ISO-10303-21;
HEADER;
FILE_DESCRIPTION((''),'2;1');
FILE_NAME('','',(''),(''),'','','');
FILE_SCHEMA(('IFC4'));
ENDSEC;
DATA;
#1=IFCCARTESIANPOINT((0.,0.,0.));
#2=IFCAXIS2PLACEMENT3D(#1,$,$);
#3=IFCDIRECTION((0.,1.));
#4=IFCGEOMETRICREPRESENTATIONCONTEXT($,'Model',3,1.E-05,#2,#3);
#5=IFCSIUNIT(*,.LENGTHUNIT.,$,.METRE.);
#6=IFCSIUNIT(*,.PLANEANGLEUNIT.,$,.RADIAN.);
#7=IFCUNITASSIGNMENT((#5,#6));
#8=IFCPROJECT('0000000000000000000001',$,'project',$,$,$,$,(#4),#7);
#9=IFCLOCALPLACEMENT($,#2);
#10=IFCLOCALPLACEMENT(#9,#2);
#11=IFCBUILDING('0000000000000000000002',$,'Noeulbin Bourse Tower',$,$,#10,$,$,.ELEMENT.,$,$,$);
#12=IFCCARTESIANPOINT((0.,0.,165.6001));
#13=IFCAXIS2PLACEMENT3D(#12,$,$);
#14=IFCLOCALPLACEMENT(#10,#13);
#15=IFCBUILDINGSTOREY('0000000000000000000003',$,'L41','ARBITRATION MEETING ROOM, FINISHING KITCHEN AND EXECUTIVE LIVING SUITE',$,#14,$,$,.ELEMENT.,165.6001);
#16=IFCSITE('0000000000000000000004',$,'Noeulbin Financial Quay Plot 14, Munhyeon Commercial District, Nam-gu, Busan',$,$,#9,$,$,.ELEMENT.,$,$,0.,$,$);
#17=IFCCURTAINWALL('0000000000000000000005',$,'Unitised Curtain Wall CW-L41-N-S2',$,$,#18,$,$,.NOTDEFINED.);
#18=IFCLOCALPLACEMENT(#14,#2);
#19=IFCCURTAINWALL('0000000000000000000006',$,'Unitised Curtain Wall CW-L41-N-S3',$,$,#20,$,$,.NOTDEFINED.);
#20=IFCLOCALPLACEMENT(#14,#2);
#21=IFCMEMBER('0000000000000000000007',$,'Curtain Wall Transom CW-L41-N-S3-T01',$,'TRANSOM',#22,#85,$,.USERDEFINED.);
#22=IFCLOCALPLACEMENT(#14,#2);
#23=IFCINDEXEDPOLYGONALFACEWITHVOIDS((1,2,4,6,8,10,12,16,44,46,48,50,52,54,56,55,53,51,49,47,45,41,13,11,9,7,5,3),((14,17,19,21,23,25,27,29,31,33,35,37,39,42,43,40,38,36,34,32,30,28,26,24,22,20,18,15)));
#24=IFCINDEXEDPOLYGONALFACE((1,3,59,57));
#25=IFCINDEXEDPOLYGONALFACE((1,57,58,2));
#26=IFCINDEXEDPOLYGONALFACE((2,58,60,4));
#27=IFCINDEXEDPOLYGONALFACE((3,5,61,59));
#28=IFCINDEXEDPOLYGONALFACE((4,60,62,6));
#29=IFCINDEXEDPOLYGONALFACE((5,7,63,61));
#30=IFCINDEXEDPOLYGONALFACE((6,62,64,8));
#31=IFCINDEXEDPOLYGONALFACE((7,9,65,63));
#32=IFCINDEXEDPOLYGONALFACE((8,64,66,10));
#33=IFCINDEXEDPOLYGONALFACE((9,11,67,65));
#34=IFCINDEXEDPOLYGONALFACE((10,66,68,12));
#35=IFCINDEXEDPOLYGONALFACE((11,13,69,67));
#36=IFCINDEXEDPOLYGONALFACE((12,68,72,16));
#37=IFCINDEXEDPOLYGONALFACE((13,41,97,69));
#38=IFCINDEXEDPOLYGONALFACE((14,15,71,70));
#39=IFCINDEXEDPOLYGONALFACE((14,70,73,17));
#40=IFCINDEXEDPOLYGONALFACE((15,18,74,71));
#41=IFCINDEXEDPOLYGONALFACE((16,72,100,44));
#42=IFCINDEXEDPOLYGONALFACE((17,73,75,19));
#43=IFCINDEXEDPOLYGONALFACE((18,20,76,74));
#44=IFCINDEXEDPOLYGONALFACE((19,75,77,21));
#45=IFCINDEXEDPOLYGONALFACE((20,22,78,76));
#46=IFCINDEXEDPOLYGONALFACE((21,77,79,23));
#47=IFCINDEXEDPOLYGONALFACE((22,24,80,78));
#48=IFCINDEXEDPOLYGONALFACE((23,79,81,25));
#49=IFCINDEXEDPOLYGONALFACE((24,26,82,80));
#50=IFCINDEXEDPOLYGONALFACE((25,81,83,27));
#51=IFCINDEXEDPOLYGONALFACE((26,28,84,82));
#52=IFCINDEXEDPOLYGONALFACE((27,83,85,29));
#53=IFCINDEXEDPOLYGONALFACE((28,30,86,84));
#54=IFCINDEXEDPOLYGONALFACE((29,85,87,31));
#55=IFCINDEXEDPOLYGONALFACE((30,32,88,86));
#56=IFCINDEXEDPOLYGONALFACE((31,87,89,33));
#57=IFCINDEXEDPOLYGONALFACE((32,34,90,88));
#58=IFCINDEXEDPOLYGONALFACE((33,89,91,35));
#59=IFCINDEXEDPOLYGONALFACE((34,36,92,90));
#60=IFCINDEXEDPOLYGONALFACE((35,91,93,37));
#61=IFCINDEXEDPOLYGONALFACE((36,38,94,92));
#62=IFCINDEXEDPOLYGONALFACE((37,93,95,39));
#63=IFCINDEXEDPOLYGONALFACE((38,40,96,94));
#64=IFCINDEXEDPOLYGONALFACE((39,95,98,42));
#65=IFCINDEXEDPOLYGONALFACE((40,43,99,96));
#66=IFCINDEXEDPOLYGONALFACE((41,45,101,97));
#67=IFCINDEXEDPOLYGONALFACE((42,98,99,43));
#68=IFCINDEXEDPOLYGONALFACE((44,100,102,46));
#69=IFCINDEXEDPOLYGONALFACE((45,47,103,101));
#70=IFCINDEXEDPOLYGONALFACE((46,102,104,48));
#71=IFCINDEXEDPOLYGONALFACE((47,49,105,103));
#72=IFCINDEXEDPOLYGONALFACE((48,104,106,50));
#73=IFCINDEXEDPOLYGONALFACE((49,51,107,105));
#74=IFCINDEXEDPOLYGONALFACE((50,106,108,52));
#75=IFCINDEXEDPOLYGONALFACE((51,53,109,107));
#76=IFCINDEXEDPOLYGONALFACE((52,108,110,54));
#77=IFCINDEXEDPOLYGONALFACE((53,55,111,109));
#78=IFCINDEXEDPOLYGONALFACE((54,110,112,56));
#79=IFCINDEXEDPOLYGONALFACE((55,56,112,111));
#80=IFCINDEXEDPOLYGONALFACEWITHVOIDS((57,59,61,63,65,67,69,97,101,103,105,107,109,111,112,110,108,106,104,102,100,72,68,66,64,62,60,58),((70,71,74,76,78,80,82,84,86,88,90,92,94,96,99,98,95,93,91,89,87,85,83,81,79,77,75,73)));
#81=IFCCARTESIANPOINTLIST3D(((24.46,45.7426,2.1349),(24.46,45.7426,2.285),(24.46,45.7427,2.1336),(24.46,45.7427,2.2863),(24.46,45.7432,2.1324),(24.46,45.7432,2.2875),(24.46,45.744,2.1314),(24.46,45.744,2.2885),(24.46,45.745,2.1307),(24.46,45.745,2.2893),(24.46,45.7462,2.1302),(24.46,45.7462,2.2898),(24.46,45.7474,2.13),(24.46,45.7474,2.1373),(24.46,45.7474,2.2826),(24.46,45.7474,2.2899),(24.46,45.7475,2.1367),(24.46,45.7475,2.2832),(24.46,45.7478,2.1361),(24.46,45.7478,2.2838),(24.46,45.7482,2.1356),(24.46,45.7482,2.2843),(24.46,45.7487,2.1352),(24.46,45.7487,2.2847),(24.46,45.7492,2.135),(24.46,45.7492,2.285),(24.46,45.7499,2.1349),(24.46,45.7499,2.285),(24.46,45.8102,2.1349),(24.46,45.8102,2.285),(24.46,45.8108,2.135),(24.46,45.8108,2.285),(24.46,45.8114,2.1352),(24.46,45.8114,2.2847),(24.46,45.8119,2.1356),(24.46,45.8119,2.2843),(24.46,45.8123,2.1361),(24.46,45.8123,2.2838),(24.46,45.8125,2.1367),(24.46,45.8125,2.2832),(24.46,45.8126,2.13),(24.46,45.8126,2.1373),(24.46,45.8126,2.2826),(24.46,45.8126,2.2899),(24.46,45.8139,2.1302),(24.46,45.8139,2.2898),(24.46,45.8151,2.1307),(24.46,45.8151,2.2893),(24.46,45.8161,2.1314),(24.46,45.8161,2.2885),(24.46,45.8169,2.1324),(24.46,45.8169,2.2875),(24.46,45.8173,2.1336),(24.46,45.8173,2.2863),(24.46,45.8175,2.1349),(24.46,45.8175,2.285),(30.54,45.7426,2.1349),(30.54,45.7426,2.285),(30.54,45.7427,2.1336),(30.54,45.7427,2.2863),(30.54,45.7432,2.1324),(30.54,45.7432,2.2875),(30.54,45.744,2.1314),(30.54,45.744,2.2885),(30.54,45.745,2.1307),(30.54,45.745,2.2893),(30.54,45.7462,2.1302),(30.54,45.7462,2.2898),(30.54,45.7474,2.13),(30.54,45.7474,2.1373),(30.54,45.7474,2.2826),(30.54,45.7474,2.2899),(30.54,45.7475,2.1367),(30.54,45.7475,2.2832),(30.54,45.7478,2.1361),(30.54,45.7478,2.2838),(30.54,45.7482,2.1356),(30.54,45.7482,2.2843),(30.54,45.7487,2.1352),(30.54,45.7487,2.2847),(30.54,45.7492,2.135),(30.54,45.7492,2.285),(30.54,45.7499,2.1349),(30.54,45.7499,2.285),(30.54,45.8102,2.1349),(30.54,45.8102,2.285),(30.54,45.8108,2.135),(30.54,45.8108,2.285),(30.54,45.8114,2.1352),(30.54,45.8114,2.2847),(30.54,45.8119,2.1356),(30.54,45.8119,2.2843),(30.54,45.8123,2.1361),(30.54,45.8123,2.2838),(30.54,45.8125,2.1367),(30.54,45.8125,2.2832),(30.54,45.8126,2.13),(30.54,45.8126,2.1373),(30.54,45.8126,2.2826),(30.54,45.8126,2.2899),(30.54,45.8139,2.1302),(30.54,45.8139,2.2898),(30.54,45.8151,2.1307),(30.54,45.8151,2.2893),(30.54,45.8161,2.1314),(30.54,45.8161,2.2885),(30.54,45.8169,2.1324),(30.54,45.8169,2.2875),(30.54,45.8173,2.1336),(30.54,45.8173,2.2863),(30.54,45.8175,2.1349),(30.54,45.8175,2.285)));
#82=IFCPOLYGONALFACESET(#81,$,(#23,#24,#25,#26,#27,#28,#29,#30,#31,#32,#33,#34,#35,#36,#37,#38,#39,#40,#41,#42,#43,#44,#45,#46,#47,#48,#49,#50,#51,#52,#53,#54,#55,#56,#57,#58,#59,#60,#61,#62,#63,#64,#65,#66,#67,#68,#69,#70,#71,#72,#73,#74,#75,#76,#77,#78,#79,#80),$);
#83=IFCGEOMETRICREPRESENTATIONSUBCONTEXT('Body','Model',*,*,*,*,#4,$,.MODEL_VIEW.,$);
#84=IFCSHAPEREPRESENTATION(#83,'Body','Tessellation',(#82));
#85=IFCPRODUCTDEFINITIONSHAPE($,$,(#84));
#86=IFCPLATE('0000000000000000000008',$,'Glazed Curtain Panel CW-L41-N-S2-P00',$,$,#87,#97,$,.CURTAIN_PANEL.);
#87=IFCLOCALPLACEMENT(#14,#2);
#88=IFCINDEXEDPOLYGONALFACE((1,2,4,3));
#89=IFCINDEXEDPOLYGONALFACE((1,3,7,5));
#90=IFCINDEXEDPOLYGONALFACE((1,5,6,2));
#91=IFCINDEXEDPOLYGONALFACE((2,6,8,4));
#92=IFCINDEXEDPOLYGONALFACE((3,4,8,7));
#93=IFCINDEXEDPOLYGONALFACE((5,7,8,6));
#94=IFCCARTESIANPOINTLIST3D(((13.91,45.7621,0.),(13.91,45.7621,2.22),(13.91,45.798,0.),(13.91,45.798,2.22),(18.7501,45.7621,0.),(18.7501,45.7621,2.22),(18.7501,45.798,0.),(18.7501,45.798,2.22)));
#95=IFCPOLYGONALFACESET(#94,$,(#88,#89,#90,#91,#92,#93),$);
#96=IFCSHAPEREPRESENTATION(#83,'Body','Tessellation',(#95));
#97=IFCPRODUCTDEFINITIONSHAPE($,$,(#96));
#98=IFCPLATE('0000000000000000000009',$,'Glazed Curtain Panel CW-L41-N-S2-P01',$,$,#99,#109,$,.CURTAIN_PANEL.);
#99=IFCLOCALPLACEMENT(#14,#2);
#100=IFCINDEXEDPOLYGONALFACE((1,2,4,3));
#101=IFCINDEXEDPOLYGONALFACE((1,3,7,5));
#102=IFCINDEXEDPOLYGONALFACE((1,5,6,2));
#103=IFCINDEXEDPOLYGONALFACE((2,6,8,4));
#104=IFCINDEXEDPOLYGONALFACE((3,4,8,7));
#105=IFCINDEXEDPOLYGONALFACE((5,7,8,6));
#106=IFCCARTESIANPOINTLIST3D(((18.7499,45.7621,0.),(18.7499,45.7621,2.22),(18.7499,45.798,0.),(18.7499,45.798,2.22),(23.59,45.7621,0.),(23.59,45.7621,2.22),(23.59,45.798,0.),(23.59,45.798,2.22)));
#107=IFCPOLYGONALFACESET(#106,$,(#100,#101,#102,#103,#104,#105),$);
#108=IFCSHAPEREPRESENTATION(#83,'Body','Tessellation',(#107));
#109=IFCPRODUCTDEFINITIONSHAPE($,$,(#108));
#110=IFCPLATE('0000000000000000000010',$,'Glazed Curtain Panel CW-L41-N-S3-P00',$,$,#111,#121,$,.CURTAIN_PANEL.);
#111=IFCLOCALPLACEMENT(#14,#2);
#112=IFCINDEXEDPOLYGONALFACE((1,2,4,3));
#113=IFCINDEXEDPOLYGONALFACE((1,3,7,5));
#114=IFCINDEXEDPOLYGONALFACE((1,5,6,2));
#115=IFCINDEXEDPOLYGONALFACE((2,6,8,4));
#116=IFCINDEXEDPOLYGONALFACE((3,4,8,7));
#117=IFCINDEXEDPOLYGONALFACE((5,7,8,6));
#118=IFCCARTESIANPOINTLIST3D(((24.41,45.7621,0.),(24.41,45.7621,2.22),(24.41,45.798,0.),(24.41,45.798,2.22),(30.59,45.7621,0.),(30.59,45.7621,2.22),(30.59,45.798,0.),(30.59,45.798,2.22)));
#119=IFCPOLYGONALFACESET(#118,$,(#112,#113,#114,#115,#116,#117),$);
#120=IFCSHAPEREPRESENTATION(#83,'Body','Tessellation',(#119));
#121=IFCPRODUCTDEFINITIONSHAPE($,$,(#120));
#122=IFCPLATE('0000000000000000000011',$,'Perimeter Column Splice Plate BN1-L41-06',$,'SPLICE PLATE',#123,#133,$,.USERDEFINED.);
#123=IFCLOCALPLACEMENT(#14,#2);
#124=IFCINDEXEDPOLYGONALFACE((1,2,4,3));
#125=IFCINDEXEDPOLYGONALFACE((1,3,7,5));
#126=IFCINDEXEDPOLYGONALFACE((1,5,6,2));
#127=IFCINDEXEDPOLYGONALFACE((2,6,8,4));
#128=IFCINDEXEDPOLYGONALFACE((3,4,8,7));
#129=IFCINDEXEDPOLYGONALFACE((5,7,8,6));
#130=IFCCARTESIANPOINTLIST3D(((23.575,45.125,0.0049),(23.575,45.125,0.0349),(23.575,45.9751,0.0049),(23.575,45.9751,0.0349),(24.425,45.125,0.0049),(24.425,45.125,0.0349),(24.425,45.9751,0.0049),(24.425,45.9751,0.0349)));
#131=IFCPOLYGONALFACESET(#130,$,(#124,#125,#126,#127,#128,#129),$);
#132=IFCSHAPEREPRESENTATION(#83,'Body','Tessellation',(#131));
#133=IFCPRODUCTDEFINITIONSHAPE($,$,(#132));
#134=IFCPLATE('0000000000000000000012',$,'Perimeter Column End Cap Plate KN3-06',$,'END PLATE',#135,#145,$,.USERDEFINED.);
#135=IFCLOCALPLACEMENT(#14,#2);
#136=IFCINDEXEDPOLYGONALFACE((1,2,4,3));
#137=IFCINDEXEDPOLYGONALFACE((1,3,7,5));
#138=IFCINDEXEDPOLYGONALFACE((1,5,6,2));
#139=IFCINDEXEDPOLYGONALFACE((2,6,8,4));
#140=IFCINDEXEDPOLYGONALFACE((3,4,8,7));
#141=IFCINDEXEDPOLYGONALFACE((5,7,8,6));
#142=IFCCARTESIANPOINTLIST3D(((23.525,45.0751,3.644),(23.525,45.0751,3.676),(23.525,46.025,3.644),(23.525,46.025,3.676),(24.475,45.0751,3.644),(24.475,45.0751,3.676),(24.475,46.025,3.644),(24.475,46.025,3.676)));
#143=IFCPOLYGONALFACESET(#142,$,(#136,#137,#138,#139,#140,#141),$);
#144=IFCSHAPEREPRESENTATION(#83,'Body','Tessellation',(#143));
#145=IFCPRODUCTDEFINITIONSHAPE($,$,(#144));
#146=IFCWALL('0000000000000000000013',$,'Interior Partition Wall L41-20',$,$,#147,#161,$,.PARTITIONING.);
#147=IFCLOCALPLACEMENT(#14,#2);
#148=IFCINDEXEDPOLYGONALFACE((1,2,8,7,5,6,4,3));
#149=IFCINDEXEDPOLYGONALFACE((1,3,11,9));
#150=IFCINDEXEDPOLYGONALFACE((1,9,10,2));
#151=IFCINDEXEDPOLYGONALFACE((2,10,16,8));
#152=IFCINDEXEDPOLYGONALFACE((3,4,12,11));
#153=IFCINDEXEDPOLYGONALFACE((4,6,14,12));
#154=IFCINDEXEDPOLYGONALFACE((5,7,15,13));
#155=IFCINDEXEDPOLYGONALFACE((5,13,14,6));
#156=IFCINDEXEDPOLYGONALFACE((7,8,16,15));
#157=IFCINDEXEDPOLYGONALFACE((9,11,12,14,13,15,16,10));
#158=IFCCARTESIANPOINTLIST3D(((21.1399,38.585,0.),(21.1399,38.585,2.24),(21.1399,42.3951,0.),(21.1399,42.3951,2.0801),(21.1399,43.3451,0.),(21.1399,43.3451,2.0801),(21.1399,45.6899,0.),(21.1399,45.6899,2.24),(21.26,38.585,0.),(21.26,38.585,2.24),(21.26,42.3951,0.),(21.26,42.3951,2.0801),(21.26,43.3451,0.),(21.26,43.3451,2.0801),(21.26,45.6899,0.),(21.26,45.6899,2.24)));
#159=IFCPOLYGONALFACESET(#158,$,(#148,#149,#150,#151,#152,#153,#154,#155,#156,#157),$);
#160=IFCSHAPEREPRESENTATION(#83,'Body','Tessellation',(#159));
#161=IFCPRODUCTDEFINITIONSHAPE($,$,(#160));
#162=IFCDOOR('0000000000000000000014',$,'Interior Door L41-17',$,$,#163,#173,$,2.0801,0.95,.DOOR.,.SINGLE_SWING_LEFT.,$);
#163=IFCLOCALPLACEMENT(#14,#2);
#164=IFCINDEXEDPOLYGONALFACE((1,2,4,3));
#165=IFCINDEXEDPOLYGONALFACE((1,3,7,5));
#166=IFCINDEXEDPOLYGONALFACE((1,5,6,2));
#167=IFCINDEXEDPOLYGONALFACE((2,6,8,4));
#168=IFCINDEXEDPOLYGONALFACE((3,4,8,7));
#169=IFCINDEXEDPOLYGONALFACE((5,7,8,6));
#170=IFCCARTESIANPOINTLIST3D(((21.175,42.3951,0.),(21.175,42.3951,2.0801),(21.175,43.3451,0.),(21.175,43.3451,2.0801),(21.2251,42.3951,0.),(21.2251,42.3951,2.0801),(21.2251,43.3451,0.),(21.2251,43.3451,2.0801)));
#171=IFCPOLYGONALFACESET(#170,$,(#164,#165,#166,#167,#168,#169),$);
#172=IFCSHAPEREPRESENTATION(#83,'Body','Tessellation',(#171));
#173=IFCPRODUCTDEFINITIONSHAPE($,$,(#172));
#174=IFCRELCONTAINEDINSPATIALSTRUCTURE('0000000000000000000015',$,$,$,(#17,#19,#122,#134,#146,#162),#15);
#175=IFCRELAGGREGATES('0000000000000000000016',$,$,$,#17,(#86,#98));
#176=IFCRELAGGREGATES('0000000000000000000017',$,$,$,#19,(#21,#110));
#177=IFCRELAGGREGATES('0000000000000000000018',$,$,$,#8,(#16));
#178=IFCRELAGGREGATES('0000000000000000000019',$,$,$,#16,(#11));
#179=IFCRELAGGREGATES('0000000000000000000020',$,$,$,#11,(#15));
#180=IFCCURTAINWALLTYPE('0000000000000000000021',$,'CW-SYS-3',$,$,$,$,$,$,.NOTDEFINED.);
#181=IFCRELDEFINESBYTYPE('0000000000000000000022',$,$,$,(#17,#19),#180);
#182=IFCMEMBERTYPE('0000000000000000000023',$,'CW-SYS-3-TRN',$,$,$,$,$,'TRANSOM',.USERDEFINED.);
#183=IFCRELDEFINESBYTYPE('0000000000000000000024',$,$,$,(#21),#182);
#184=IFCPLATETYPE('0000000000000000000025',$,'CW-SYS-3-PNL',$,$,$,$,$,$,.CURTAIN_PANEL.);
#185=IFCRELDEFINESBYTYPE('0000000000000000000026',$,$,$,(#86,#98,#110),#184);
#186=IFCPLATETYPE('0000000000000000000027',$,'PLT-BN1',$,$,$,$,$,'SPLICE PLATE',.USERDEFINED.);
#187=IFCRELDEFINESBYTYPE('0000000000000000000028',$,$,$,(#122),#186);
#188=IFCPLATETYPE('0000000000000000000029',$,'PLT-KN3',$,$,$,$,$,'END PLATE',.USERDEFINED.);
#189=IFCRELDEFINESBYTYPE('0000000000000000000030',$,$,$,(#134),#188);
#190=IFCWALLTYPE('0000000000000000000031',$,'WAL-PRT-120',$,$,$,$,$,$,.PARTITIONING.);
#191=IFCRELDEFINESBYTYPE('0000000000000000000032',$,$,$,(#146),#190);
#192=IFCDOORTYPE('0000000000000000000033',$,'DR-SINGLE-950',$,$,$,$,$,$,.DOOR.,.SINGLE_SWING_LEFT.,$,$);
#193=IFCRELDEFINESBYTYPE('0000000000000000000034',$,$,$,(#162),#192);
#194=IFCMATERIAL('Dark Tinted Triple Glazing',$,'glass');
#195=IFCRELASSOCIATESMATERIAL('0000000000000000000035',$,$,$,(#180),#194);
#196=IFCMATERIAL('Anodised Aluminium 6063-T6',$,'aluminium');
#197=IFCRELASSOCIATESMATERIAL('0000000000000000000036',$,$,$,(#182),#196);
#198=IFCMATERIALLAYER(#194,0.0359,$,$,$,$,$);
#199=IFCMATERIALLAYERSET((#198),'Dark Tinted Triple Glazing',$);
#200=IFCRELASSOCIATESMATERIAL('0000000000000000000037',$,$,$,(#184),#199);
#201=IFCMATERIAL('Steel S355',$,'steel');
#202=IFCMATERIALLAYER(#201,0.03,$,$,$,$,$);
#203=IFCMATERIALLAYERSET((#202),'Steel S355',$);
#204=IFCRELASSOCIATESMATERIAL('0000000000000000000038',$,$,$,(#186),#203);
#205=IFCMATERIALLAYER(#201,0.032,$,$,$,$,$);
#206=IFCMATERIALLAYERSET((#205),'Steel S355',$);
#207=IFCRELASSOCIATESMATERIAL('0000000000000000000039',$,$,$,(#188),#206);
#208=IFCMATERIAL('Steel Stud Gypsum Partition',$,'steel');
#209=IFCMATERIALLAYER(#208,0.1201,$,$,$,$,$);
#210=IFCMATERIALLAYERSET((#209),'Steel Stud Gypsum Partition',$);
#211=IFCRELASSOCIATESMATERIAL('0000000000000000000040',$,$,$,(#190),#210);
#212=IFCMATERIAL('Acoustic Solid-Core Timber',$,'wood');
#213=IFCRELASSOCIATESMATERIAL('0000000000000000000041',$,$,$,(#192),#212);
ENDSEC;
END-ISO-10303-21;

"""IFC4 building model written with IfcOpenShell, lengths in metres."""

from ifc_helpers import new_model, si_unit, direction, frame, frame_2d, origin, origin_2d, place, context, subcontext, project, spatial, rectangle, hollow_rectangle, extrude, material, layer, layer_set, material_profile, profile_set, type_object, element, fill, aggregate, save


model = new_model("IFC4")

# Units and contexts
model_context = context("Model", 3, precision=1e-05, world=origin(), true_north=direction((0.0, 1.0)))
body_context = subcontext(model_context, "Body", "Model", "MODEL_VIEW")
ifc_project = project(units=[si_unit("LENGTHUNIT", "METRE"), si_unit("PLANEANGLEUNIT", "RADIAN")], contexts=[model_context])

# Site, building, storey
site_placement = place(None, origin())
site = spatial("IfcSite", under=ifc_project, at=site_placement, Name="Noeulbin Financial Quay Plot 14, Munhyeon Commercial District, Nam-gu, Busan", CompositionType="ELEMENT", RefElevation=0.0)
building_placement = place(site_placement, origin())
building = spatial("IfcBuilding", under=site, at=building_placement, Name="Noeulbin Bourse Tower", CompositionType="ELEMENT")
storey_placement = place(building_placement, frame((0.0, 0.0, 165.6001)))
storey = spatial("IfcBuildingStorey", under=building, at=storey_placement, Name="L41", Description="ARBITRATION MEETING ROOM, FINISHING KITCHEN AND EXECUTIVE LIVING SUITE", CompositionType="ELEMENT", Elevation=165.6001)

# Shared definitions
ifc_material_1 = material(Name="Steel S355", Category="steel")

# Curtain walls, member
ifc_material_2 = material(Name="Dark Tinted Triple Glazing", Category="glass")
curtain_wall_type = type_object("IfcCurtainWallType", Name="CW-SYS-3", PredefinedType="NOTDEFINED", material=ifc_material_2)
curtain_wall_1_placement = place(storey_placement, origin())
curtain_wall_1 = element("IfcCurtainWall", 1, at=curtain_wall_1_placement, inside=storey, type_object=curtain_wall_type, Name="Unitised Curtain Wall CW-L41-N-S2", PredefinedType="NOTDEFINED")
ifc_material_3 = material(Name="Anodised Aluminium 6063-T6", Category="aluminium")
curtain_wall_2_placement = place(storey_placement, origin())
curtain_wall_2 = element("IfcCurtainWall", 2, at=curtain_wall_2_placement, inside=storey, type_object=curtain_wall_type, Name="Unitised Curtain Wall CW-L41-N-S3", PredefinedType="NOTDEFINED")
ifc_material_profile_1 = material_profile(ifc_material_3, hollow_rectangle(XDim=0.075, YDim=0.1599, WallThickness=0.0049, InnerFilletRadius=0.0024, OuterFilletRadius=0.0049, at=origin_2d()), Name="ALU-TRAN-75x160x5", Category="LoadBearing")
ifc_profile_set_1 = profile_set([ifc_material_profile_1], Name="Anodised Aluminium 6063-T6")
member_type_1 = type_object("IfcMemberType", Name="CW-SYS-3-TRN", ElementType="TRANSOM", PredefinedType="USERDEFINED", material=ifc_profile_set_1)
member_1_placement = place(storey_placement, frame((24.46, 45.78, 2.21), z_axis=(1.0, 0.0, 0.0), x_axis=(0.0, 1.0, 0.0)))
member_1 = element("IfcMember", 3, at=member_1_placement, type_object=member_type_1, Name="Curtain Wall Transom CW-L41-N-S3-T01", ObjectType="TRANSOM", PredefinedType="USERDEFINED", context=body_context, shape_type="SweptSolid", body=[
    extrude(hollow_rectangle(XDim=0.075, YDim=0.1599, WallThickness=0.0049, InnerFilletRadius=0.0024, OuterFilletRadius=0.0049, at=origin_2d()), origin(), (0.0, 0.0, 1.0), 6.0801),
])

# Plates
ifc_layer_1 = layer(ifc_material_2, 0.0359)
ifc_layer_set_1 = layer_set([ifc_layer_1], Name="Dark Tinted Triple Glazing")
plate_type_1 = type_object("IfcPlateType", Name="CW-SYS-3-PNL", PredefinedType="CURTAIN_PANEL", material=ifc_layer_set_1)
plate_1_placement = place(storey_placement, frame((16.3301, 45.78, 0.0), z_axis=(0.0, 0.0, 1.0), x_axis=(1.0, 0.0, 0.0)))
plate_1 = element("IfcPlate", 4, at=plate_1_placement, type_object=plate_type_1, Name="Glazed Curtain Panel CW-L41-N-S2-P00", PredefinedType="CURTAIN_PANEL", context=body_context, shape_type="SweptSolid", body=[
    extrude(rectangle(XDim=4.8401, YDim=0.0359, at=origin_2d()), origin(), (0.0, 0.0, 1.0), 2.22),
])
plate_2_placement = place(storey_placement, frame((21.1699, 45.78, 0.0), z_axis=(0.0, 0.0, 1.0), x_axis=(1.0, 0.0, 0.0)))
plate_2 = element("IfcPlate", 5, at=plate_2_placement, type_object=plate_type_1, Name="Glazed Curtain Panel CW-L41-N-S2-P01", PredefinedType="CURTAIN_PANEL", context=body_context, shape_type="SweptSolid", body=[
    extrude(rectangle(XDim=4.8401, YDim=0.0359, at=origin_2d()), origin(), (0.0, 0.0, 1.0), 2.22),
])
aggregate(curtain_wall_1, [plate_1, plate_2])
plate_3_placement = place(storey_placement, frame((27.5, 45.78, 0.0), z_axis=(0.0, 0.0, 1.0), x_axis=(1.0, 0.0, 0.0)))
plate_3 = element("IfcPlate", 6, at=plate_3_placement, type_object=plate_type_1, Name="Glazed Curtain Panel CW-L41-N-S3-P00", PredefinedType="CURTAIN_PANEL", context=body_context, shape_type="SweptSolid", body=[
    extrude(rectangle(XDim=6.1799, YDim=0.0359, at=origin_2d()), origin(), (0.0, 0.0, 1.0), 2.22),
])
aggregate(curtain_wall_2, [member_1, plate_3])

# Plates
ifc_layer_2 = layer(ifc_material_1, 0.03)
ifc_layer_set_2 = layer_set([ifc_layer_2], Name="Steel S355")
plate_type_2 = type_object("IfcPlateType", Name="PLT-BN1", ElementType="SPLICE PLATE", PredefinedType="USERDEFINED", material=ifc_layer_set_2)
plate_4_placement = place(storey_placement, frame((24.0, 45.55, 0.0049), z_axis=(0.0, 0.0, 1.0), x_axis=(1.0, 0.0, 0.0)))
element("IfcPlate", 7, at=plate_4_placement, inside=storey, type_object=plate_type_2, Name="Perimeter Column Splice Plate BN1-L41-06", ObjectType="SPLICE PLATE", PredefinedType="USERDEFINED", context=body_context, shape_type="SweptSolid", body=[
    extrude(rectangle(XDim=0.8501, YDim=0.8501, at=origin_2d()), origin(), (0.0, 0.0, 1.0), 0.03),
])
ifc_layer_3 = layer(ifc_material_1, 0.032)
ifc_layer_set_3 = layer_set([ifc_layer_3], Name="Steel S355")
plate_type_3 = type_object("IfcPlateType", Name="PLT-KN3", ElementType="END PLATE", PredefinedType="USERDEFINED", material=ifc_layer_set_3)
plate_5_placement = place(storey_placement, frame((24.0, 45.55, 3.644), z_axis=(0.0, 0.0, 1.0), x_axis=(1.0, 0.0, 0.0)))
element("IfcPlate", 8, at=plate_5_placement, inside=storey, type_object=plate_type_3, Name="Perimeter Column End Cap Plate KN3-06", ObjectType="END PLATE", PredefinedType="USERDEFINED", context=body_context, shape_type="SweptSolid", body=[
    extrude(rectangle(XDim=0.95, YDim=0.95, at=origin_2d()), origin(), (0.0, 0.0, 1.0), 0.032),
])

# Wall, opening, door
ifc_material_4 = material(Name="Steel Stud Gypsum Partition", Category="steel")
ifc_layer_4 = layer(ifc_material_4, 0.1201)
ifc_layer_set_4 = layer_set([ifc_layer_4], Name="Steel Stud Gypsum Partition")
wall_type = type_object("IfcWallType", Name="WAL-PRT-120", PredefinedType="PARTITIONING", material=ifc_layer_set_4)
wall_placement = place(storey_placement, frame((21.2, 38.585, 0.0), z_axis=(0.0, 0.0, 1.0), x_axis=(0.0, 1.0, 0.0)))
wall = element("IfcWall", 9, at=wall_placement, inside=storey, type_object=wall_type, Name="Interior Partition Wall L41-20", PredefinedType="PARTITIONING", context=body_context, shape_type="SweptSolid", body=[
    extrude(rectangle(XDim=7.105, YDim=0.1201, at=frame_2d((3.5525, 0.0))), origin(), (0.0, 0.0, 1.0), 2.24),
])
opening_placement = place(wall_placement, frame((3.8101, 0.0, 0.0)))
opening = element("IfcOpeningElement", 10, at=opening_placement, cuts=wall, PredefinedType="OPENING", context=body_context, shape_type="SweptSolid", body=[
    extrude(rectangle(XDim=0.95, YDim=2.0801, at=frame_2d((0.4751, 1.04))), frame((0.0, 0.0701, 0.0), z_axis=(0.0, -1.0, 0.0), x_axis=(1.0, 0.0, 0.0)), (0.0, 0.0, 1.0), 0.1401),
])
ifc_material_5 = material(Name="Acoustic Solid-Core Timber", Category="wood")
door_type = type_object("IfcDoorType", Name="DR-SINGLE-950", OperationType="SINGLE_SWING_LEFT", PredefinedType="DOOR", material=ifc_material_5)
door_placement = place(opening_placement, origin())
door = element("IfcDoor", 11, at=door_placement, inside=storey, type_object=door_type, Name="Interior Door L41-17", OperationType="SINGLE_SWING_LEFT", OverallHeight=2.0801, OverallWidth=0.95, PredefinedType="DOOR", context=body_context, shape_type="SweptSolid", body=[
    extrude(rectangle(XDim=0.95, YDim=2.0801, at=frame_2d((0.4751, 1.04))), frame((0.0, 0.0249, 0.0), z_axis=(0.0, -1.0, 0.0), x_axis=(1.0, 0.0, 0.0)), (0.0, 0.0, 1.0), 0.05),
])
fill(opening, door)

save(model, "model.ifc")
